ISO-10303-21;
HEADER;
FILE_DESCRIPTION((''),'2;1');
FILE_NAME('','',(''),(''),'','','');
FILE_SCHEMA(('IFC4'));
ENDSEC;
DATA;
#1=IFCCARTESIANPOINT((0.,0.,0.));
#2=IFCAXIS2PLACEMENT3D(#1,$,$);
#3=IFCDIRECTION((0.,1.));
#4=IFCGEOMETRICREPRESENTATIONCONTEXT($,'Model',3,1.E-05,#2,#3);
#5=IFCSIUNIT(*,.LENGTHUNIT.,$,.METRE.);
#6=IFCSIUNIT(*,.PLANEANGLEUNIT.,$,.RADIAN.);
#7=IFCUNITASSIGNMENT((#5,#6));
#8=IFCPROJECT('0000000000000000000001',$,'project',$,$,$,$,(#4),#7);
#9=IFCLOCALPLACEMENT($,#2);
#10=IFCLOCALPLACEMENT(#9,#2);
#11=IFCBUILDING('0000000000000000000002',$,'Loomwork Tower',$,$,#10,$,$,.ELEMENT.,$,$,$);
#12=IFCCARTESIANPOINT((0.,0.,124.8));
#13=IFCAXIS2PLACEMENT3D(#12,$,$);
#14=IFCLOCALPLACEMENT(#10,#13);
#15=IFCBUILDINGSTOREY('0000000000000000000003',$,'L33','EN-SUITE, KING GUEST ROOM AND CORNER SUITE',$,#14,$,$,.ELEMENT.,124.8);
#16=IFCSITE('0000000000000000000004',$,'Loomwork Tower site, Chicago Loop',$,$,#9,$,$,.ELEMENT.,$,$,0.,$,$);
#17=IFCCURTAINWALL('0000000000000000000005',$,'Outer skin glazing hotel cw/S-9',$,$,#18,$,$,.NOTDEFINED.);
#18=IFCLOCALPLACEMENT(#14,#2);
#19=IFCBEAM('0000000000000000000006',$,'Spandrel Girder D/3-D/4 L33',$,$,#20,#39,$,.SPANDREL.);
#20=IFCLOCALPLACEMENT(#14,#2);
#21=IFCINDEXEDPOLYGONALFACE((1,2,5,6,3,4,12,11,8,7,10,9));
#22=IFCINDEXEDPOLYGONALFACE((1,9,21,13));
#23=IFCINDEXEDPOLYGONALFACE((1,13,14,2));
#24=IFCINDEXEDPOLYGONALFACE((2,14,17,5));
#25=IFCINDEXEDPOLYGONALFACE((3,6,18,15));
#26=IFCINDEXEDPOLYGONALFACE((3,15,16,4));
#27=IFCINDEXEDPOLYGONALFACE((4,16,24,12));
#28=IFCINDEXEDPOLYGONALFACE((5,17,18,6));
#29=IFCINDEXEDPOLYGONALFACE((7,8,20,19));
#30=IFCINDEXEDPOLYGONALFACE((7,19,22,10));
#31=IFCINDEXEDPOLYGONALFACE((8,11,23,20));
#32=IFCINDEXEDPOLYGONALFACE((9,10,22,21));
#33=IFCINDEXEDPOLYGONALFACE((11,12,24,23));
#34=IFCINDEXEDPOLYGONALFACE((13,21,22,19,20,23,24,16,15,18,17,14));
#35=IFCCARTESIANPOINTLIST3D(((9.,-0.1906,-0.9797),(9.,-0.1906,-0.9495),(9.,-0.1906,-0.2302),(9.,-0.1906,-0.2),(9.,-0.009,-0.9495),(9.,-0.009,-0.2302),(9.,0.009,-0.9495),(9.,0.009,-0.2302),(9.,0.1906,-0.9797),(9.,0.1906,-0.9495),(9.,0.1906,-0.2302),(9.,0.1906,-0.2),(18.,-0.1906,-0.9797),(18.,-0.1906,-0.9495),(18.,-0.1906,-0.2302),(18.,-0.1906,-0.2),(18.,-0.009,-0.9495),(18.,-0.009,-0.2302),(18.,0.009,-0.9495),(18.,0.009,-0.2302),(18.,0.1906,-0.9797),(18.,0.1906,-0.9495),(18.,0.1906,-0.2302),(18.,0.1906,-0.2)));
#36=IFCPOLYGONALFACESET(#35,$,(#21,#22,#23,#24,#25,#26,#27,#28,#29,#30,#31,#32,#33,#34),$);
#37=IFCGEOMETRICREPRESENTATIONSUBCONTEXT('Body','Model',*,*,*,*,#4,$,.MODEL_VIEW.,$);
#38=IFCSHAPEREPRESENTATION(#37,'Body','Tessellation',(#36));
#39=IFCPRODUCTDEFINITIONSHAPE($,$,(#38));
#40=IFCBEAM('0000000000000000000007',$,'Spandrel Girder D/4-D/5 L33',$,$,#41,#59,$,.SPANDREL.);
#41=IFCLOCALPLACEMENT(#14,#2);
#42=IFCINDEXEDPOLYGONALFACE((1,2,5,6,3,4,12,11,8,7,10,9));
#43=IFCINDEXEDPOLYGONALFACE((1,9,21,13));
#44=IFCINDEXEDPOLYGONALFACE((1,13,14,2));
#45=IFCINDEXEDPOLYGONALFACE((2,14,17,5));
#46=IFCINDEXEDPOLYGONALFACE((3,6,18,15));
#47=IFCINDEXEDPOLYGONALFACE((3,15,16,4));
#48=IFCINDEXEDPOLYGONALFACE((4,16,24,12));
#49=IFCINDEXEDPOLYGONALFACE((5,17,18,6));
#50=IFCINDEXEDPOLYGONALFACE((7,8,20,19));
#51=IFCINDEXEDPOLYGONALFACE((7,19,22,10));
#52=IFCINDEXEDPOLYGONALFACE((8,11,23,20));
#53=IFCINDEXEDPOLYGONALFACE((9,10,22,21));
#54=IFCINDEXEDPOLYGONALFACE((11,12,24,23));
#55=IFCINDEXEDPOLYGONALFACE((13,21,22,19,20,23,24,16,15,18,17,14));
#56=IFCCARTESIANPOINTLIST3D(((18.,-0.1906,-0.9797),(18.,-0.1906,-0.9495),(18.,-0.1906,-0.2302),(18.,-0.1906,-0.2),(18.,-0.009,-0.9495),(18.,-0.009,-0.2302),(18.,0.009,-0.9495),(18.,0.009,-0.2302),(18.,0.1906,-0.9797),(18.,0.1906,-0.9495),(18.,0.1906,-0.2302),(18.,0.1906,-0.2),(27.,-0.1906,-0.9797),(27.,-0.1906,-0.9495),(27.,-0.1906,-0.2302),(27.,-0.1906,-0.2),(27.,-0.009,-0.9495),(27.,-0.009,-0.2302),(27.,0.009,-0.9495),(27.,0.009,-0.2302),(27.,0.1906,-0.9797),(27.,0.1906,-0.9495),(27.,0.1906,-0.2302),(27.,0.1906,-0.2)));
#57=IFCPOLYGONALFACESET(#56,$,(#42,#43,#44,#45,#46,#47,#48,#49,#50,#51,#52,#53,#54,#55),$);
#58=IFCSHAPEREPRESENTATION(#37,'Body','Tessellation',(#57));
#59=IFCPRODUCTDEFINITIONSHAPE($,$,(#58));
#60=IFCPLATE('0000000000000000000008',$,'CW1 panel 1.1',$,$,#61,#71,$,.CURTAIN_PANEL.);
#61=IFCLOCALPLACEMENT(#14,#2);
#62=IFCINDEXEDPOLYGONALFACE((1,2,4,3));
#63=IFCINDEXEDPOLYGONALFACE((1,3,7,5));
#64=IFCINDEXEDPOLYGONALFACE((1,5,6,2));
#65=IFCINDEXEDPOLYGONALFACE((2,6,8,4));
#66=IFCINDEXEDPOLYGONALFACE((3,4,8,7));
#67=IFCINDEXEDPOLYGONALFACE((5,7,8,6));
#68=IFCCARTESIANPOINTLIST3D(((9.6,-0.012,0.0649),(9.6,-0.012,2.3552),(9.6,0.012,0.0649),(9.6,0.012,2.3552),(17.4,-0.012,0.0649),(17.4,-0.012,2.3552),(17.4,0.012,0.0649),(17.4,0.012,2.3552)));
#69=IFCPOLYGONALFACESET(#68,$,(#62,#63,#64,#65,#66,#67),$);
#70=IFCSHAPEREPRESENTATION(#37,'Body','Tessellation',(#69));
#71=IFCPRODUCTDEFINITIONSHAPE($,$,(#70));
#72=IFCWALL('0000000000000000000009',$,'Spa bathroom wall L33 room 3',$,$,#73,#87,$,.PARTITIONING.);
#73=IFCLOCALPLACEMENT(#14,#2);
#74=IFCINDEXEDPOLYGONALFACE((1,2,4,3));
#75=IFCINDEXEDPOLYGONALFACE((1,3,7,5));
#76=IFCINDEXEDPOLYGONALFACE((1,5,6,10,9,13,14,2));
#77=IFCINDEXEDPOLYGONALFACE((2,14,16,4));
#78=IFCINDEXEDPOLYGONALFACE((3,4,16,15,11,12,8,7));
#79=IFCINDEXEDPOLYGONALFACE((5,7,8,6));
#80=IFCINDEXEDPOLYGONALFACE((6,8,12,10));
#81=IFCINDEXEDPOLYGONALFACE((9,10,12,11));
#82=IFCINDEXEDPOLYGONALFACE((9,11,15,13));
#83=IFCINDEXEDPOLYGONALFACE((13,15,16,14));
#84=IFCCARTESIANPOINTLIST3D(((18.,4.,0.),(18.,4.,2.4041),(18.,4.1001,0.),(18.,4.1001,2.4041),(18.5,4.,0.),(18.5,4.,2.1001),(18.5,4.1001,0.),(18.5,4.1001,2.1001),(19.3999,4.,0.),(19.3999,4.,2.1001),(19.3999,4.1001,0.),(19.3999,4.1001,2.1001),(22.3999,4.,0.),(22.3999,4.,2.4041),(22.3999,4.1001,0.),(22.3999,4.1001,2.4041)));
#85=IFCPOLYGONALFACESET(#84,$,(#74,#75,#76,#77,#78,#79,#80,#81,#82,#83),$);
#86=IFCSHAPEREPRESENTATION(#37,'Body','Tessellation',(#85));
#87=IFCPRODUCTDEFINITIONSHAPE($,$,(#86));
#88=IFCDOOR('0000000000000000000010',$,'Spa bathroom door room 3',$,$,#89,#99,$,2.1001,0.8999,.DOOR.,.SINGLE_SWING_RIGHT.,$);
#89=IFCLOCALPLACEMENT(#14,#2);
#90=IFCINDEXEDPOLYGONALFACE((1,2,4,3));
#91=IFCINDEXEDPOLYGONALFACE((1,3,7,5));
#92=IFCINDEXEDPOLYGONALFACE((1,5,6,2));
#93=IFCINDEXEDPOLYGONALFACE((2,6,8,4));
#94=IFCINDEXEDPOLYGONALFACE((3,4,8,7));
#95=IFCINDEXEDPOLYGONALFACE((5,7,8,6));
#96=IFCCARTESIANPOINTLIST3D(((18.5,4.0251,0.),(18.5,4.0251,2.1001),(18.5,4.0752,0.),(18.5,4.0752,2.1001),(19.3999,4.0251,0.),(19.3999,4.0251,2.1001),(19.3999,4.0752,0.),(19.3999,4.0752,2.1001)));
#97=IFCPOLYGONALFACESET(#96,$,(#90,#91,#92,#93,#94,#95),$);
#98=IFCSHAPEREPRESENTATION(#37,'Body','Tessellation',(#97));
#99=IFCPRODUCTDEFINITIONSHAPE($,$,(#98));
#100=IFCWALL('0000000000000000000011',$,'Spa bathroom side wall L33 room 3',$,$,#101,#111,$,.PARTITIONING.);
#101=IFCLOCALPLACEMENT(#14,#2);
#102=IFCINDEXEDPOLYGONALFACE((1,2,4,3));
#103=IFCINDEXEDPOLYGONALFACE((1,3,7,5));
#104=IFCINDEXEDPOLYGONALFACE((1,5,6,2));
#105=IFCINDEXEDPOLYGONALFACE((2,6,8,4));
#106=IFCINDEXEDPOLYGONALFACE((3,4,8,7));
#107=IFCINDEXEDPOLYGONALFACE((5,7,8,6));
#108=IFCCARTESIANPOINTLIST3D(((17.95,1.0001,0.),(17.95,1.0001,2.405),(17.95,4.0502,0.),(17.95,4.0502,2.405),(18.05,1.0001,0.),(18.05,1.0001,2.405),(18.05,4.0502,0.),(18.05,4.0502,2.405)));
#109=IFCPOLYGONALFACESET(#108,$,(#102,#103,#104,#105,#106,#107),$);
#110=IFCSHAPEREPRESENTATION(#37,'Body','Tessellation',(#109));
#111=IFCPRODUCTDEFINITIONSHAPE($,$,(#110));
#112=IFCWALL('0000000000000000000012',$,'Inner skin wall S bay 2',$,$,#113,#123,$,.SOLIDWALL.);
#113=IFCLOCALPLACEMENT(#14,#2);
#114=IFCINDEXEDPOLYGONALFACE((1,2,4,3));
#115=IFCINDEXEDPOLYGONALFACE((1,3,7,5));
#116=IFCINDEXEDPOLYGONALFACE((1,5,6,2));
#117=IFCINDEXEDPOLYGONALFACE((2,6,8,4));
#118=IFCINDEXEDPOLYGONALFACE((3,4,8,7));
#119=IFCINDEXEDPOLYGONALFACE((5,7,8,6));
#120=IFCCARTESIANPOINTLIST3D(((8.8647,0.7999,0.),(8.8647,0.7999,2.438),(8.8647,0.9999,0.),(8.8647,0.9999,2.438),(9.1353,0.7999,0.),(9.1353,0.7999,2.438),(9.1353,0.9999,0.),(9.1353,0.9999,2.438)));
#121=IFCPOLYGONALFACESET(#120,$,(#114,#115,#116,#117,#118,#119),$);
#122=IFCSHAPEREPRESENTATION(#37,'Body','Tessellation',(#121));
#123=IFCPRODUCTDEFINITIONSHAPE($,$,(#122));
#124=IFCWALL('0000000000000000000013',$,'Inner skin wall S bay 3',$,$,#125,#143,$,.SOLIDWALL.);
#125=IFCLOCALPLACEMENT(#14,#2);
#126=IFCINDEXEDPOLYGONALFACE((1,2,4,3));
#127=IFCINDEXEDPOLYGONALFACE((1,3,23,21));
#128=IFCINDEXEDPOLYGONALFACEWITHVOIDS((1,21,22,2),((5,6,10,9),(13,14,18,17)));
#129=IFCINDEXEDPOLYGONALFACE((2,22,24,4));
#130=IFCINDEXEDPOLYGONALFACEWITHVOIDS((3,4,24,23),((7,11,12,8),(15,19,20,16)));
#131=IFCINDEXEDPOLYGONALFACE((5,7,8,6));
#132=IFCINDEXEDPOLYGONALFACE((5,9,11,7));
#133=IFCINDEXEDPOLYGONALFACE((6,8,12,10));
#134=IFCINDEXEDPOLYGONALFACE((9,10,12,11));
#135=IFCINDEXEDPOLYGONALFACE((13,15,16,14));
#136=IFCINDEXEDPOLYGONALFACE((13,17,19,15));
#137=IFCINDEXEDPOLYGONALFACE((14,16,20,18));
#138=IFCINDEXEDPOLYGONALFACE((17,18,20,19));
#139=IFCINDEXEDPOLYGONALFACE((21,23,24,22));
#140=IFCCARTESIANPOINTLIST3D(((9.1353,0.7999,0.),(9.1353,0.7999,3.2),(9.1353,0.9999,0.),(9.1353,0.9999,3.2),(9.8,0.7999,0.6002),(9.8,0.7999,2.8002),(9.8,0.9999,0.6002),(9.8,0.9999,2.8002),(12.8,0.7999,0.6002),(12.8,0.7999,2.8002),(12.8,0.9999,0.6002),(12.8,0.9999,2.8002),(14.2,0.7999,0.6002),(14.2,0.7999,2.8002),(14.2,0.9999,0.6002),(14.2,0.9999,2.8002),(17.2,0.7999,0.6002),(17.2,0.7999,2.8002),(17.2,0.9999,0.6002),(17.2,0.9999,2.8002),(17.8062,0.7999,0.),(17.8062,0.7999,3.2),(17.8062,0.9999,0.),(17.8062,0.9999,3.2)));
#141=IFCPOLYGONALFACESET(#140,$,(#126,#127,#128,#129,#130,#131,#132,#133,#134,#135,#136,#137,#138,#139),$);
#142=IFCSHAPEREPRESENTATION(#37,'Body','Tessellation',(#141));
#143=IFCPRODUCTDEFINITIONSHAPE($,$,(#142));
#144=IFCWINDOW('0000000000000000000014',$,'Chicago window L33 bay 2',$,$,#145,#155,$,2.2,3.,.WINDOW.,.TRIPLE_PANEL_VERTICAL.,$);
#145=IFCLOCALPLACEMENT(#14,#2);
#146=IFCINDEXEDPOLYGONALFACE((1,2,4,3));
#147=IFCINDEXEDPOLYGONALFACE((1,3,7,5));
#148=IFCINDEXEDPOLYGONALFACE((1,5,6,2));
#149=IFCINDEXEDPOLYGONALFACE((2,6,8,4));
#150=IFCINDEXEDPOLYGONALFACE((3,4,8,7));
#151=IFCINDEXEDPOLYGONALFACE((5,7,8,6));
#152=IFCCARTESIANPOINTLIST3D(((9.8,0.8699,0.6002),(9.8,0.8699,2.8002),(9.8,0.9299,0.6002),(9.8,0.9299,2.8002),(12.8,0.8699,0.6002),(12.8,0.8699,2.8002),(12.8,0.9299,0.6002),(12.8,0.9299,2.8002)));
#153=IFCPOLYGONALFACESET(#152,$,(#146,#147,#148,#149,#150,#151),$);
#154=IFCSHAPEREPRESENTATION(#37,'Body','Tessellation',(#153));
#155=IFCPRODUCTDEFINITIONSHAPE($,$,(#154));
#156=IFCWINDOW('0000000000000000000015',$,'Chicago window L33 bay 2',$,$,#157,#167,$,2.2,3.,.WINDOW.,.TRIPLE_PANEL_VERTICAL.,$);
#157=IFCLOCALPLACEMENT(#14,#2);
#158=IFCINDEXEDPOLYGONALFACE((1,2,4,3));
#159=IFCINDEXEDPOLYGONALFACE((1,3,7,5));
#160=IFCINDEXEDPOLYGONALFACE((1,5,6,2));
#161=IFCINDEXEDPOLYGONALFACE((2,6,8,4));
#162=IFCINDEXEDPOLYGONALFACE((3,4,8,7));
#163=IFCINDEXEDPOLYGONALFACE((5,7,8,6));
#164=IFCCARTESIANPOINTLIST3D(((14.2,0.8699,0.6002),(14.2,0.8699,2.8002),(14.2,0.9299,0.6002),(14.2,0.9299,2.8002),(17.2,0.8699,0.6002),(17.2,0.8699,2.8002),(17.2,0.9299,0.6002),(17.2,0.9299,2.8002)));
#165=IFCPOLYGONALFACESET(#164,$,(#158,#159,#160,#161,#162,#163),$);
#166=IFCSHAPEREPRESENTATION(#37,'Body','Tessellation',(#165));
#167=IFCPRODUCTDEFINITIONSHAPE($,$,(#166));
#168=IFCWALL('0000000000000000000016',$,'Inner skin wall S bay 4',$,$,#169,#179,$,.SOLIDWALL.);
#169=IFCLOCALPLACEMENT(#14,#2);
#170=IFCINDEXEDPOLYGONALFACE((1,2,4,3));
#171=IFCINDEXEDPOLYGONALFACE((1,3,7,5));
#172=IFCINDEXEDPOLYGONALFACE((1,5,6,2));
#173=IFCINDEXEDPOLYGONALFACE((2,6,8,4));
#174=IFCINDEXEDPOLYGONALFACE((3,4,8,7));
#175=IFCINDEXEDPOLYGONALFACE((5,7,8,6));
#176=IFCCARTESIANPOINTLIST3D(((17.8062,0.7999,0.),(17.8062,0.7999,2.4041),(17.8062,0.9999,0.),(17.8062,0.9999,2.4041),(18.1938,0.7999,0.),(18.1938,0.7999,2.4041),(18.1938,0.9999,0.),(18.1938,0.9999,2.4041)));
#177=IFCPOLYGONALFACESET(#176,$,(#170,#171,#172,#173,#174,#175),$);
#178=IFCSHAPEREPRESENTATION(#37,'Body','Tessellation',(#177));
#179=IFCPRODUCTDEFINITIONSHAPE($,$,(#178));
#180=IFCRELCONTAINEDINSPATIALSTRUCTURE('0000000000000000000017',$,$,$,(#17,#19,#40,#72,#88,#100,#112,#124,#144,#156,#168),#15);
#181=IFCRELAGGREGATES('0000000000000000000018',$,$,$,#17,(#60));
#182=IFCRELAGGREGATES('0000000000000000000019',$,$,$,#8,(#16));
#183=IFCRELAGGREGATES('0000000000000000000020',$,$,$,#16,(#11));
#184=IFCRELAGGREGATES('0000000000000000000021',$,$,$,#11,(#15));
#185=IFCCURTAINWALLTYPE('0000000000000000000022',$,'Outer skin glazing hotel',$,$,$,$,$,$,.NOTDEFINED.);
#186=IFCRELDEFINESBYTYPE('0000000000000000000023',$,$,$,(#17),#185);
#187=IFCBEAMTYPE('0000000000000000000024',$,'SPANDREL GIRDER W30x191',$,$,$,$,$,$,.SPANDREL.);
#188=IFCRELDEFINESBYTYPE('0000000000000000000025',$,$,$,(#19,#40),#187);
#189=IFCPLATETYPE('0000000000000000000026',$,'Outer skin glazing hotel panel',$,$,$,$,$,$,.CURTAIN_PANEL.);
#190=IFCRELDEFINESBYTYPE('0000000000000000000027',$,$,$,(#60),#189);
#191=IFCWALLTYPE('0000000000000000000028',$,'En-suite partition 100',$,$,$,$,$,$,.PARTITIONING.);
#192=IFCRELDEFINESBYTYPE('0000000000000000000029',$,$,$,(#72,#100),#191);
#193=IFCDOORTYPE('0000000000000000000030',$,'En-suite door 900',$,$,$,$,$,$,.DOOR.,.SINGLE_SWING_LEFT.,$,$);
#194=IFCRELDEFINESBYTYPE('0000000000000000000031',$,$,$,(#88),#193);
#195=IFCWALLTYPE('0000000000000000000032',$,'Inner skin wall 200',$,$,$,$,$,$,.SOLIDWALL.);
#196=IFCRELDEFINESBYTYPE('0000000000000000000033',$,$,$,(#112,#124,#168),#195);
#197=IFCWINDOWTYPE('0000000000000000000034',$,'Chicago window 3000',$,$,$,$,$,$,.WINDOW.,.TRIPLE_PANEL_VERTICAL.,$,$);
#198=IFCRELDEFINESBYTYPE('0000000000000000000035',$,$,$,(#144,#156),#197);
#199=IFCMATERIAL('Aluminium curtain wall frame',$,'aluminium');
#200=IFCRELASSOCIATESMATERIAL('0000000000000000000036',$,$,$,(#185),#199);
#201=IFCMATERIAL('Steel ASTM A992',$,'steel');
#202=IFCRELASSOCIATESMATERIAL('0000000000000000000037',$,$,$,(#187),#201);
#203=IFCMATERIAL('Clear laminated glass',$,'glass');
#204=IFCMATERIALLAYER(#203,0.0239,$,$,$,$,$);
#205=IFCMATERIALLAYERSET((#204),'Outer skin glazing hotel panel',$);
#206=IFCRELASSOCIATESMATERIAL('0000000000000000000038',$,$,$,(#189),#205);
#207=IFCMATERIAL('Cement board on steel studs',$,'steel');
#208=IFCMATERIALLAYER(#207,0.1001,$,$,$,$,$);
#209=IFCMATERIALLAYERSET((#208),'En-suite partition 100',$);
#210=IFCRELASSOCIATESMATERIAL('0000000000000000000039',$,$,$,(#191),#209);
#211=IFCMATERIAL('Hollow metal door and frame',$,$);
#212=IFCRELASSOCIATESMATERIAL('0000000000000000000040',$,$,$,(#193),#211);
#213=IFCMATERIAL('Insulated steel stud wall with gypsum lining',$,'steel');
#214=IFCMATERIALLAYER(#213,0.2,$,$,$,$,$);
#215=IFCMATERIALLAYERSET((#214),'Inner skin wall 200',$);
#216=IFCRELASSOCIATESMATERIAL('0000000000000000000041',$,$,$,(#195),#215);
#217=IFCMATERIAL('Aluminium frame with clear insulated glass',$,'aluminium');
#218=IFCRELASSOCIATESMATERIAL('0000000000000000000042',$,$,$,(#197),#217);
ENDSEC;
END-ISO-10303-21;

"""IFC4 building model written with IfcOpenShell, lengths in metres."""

from ifc_helpers import new_model, si_unit, direction, frame, frame_2d, origin, origin_2d, place, context, subcontext, project, spatial, rectangle, i_section, extrude, material, layer, layer_set, material_profile, profile_set, type_object, element, fill, aggregate, save


model = new_model("IFC4")

# Units and contexts
model_context = context("Model", 3, precision=1e-05, world=origin(), true_north=direction((0.0, 1.0)))
body_context = subcontext(model_context, "Body", "Model", "MODEL_VIEW")
ifc_project = project(units=[si_unit("LENGTHUNIT", "METRE"), si_unit("PLANEANGLEUNIT", "RADIAN")], contexts=[model_context])

# Site, building, storey
site_placement = place(None, origin())
site = spatial("IfcSite", under=ifc_project, at=site_placement, Name="Loomwork Tower site, Chicago Loop", CompositionType="ELEMENT", RefElevation=0.0)
building_placement = place(site_placement, origin())
building = spatial("IfcBuilding", under=site, at=building_placement, Name="Loomwork Tower", CompositionType="ELEMENT")
storey_placement = place(building_placement, frame((0.0, 0.0, 124.8)))
storey = spatial("IfcBuildingStorey", under=building, at=storey_placement, Name="L33", Description="EN-SUITE, KING GUEST ROOM AND CORNER SUITE", CompositionType="ELEMENT", Elevation=124.8)

# Shared definitions
ifc_material_1 = material(Name="Aluminium curtain wall frame", Category="aluminium")
curtain_wall_type = type_object("IfcCurtainWallType", Name="Outer skin glazing hotel", PredefinedType="NOTDEFINED", material=ifc_material_1)

# Curtain wall
curtain_wall_1_placement = place(storey_placement, origin())
curtain_wall_1 = element("IfcCurtainWall", 1, at=curtain_wall_1_placement, inside=storey, type_object=curtain_wall_type, Name="Outer skin glazing hotel cw/S-9", PredefinedType="NOTDEFINED")

# Beams
ifc_material_2 = material(Name="Steel ASTM A992", Category="steel")
ifc_material_profile_1 = material_profile(ifc_material_2, i_section(OverallWidth=0.3811, OverallDepth=0.7798, WebThickness=0.0181, FlangeThickness=0.0303, at=origin_2d()), Name="W30x191")
ifc_profile_set_1 = profile_set([ifc_material_profile_1], Name="Steel ASTM A992")
beam_type_1 = type_object("IfcBeamType", Name="SPANDREL GIRDER W30x191", PredefinedType="SPANDREL", material=ifc_profile_set_1)
for number, where, z_axis, x_axis, name in (
    (2, (9.0, 0.0, -0.5898), (1.0, 0.0, 0.0), (0.0, 1.0, 0.0), "Spandrel Girder D/3-D/4 L33"),
    (3, (18.0, 0.0, -0.5898), (1.0, 0.0, 0.0), (0.0, 1.0, 0.0), "Spandrel Girder D/4-D/5 L33"),
):
    element("IfcBeam", number, at=place(storey_placement, frame(where, z_axis=z_axis, x_axis=x_axis)), inside=storey, type_object=beam_type_1, Name=name, PredefinedType="SPANDREL", context=body_context, shape_type="SweptSolid", body=[
        extrude(i_section(OverallWidth=0.3811, OverallDepth=0.7798, WebThickness=0.0181, FlangeThickness=0.0303, at=origin_2d()), origin(), (0.0, 0.0, 1.0), 9.0),
    ])

# Plate
ifc_material_3 = material(Name="Clear laminated glass", Category="glass")
ifc_layer_1 = layer(ifc_material_3, 0.0239)
ifc_layer_set_1 = layer_set([ifc_layer_1], Name="Outer skin glazing hotel panel")
plate_type = type_object("IfcPlateType", Name="Outer skin glazing hotel panel", PredefinedType="CURTAIN_PANEL", material=ifc_layer_set_1)
plate_placement = place(storey_placement, frame((13.5, 0.0, 0.0649), z_axis=(0.0, 0.0, 1.0), x_axis=(1.0, 0.0, 0.0)))
plate = element("IfcPlate", 4, at=plate_placement, type_object=plate_type, Name="CW1 panel 1.1", PredefinedType="CURTAIN_PANEL", context=body_context, shape_type="SweptSolid", body=[
    extrude(rectangle(XDim=7.8, YDim=0.0239, at=origin_2d()), origin(), (0.0, 0.0, 1.0), 2.2903),
])
aggregate(curtain_wall_1, [plate])

# Wall, opening, door
ifc_material_4 = material(Name="Cement board on steel studs", Category="steel")
ifc_layer_2 = layer(ifc_material_4, 0.1001)
ifc_layer_set_2 = layer_set([ifc_layer_2], Name="En-suite partition 100")
wall_type_1 = type_object("IfcWallType", Name="En-suite partition 100", PredefinedType="PARTITIONING", material=ifc_layer_set_2)
wall_1_placement = place(storey_placement, frame((18.0, 4.05, 0.0), z_axis=(0.0, 0.0, 1.0), x_axis=(1.0, 0.0, 0.0)))
wall_1 = element("IfcWall", 5, at=wall_1_placement, inside=storey, type_object=wall_type_1, Name="Spa bathroom wall L33 room 3", PredefinedType="PARTITIONING", context=body_context, shape_type="SweptSolid", body=[
    extrude(rectangle(XDim=4.3999, YDim=0.1001, at=frame_2d((2.2, 0.0))), origin(), (0.0, 0.0, 1.0), 2.4041),
])
opening_1_placement = place(wall_1_placement, frame((0.5, 0.0, 0.0)))
opening_1 = element("IfcOpeningElement", 6, at=opening_1_placement, cuts=wall_1, PredefinedType="OPENING", context=body_context, shape_type="SweptSolid", body=[
    extrude(rectangle(XDim=0.8999, YDim=2.1001, at=frame_2d((0.45, 1.05))), frame((0.0, 0.0601, 0.0), z_axis=(0.0, -1.0, 0.0), x_axis=(1.0, 0.0, 0.0)), (0.0, 0.0, 1.0), 0.1201),
])
ifc_material_5 = material(Name="Hollow metal door and frame")
door_type = type_object("IfcDoorType", Name="En-suite door 900", OperationType="SINGLE_SWING_LEFT", PredefinedType="DOOR", material=ifc_material_5)
door_placement = place(opening_1_placement, frame((0.8999, 0.0, 0.0), z_axis=(0.0, 0.0, 1.0), x_axis=(-1.0, 0.0, 0.0)))
door = element("IfcDoor", 7, at=door_placement, inside=storey, type_object=door_type, Name="Spa bathroom door room 3", OperationType="SINGLE_SWING_RIGHT", OverallHeight=2.1001, OverallWidth=0.8999, PredefinedType="DOOR", context=body_context, shape_type="SweptSolid", body=[
    extrude(rectangle(XDim=0.8999, YDim=2.1001, at=frame_2d((0.45, 1.05))), frame((0.0, 0.0249, 0.0), z_axis=(0.0, -1.0, 0.0), x_axis=(1.0, 0.0, 0.0)), (0.0, 0.0, 1.0), 0.05),
])
fill(opening_1, door)

# Walls
wall_2_placement = place(storey_placement, frame((18.0, 4.05, 0.0), z_axis=(0.0, 0.0, 1.0), x_axis=(0.0, -1.0, 0.0)))
element("IfcWall", 8, at=wall_2_placement, inside=storey, type_object=wall_type_1, Name="Spa bathroom side wall L33 room 3", PredefinedType="PARTITIONING", context=body_context, shape_type="SweptSolid", body=[
    extrude(rectangle(XDim=3.05, YDim=0.1001, at=frame_2d((1.5249, 0.0))), origin(), (0.0, 0.0, 1.0), 2.405),
])
ifc_material_6 = material(Name="Insulated steel stud wall with gypsum lining", Category="steel")
ifc_layer_3 = layer(ifc_material_6, 0.2)
ifc_layer_set_3 = layer_set([ifc_layer_3], Name="Inner skin wall 200")
wall_type_2 = type_object("IfcWallType", Name="Inner skin wall 200", PredefinedType="SOLIDWALL", material=ifc_layer_set_3)
wall_3_placement = place(storey_placement, frame((8.8647, 0.8999, 0.0), z_axis=(0.0, 0.0, 1.0), x_axis=(1.0, 0.0, 0.0)))
element("IfcWall", 9, at=wall_3_placement, inside=storey, type_object=wall_type_2, Name="Inner skin wall S bay 2", PredefinedType="SOLIDWALL", context=body_context, shape_type="SweptSolid", body=[
    extrude(rectangle(XDim=0.2705, YDim=0.2, at=frame_2d((0.1353, 0.0))), origin(), (0.0, 0.0, 1.0), 2.438),
])

# Wall, openings, windows
wall_4_placement = place(storey_placement, frame((9.1353, 0.8999, 0.0), z_axis=(0.0, 0.0, 1.0), x_axis=(1.0, 0.0, 0.0)))
wall_4 = element("IfcWall", 10, at=wall_4_placement, inside=storey, type_object=wall_type_2, Name="Inner skin wall S bay 3", PredefinedType="SOLIDWALL", context=body_context, shape_type="SweptSolid", body=[
    extrude(rectangle(XDim=8.6709, YDim=0.2, at=frame_2d((4.3354, 0.0))), origin(), (0.0, 0.0, 1.0), 3.2),
])
opening_2_placement = place(wall_4_placement, frame((0.6648, 0.0, 0.6001)))
opening_2 = element("IfcOpeningElement", 11, at=opening_2_placement, cuts=wall_4, PredefinedType="OPENING", context=body_context, shape_type="SweptSolid", body=[
    extrude(rectangle(XDim=3.0, YDim=2.2, at=frame_2d((1.5, 1.1001))), frame((0.0, 0.1099, 0.0), z_axis=(0.0, -1.0, 0.0), x_axis=(1.0, 0.0, 0.0)), (0.0, 0.0, 1.0), 0.22),
])
opening_3_placement = place(wall_4_placement, frame((5.0647, 0.0, 0.6001)))
opening_3 = element("IfcOpeningElement", 12, at=opening_3_placement, cuts=wall_4, PredefinedType="OPENING", context=body_context, shape_type="SweptSolid", body=[
    extrude(rectangle(XDim=3.0, YDim=2.2, at=frame_2d((1.5, 1.1001))), frame((0.0, 0.1099, 0.0), z_axis=(0.0, -1.0, 0.0), x_axis=(1.0, 0.0, 0.0)), (0.0, 0.0, 1.0), 0.22),
])
ifc_material_7 = material(Name="Aluminium frame with clear insulated glass", Category="aluminium")
window_type = type_object("IfcWindowType", Name="Chicago window 3000", PartitioningType="TRIPLE_PANEL_VERTICAL", PredefinedType="WINDOW", material=ifc_material_7)
window_1_placement = place(opening_2_placement, origin())
window_1 = element("IfcWindow", 13, at=window_1_placement, inside=storey, type_object=window_type, Name="Chicago window L33 bay 2", OverallHeight=2.2, OverallWidth=3.0, PartitioningType="TRIPLE_PANEL_VERTICAL", PredefinedType="WINDOW", context=body_context, shape_type="SweptSolid", body=[
    extrude(rectangle(XDim=3.0, YDim=2.2, at=frame_2d((1.5, 1.1001))), frame((0.0, 0.03, 0.0), z_axis=(0.0, -1.0, 0.0), x_axis=(1.0, 0.0, 0.0)), (0.0, 0.0, 1.0), 0.0601),
])
fill(opening_2, window_1)
window_2_placement = place(opening_3_placement, origin())
window_2 = element("IfcWindow", 14, at=window_2_placement, inside=storey, type_object=window_type, Name="Chicago window L33 bay 2", OverallHeight=2.2, OverallWidth=3.0, PartitioningType="TRIPLE_PANEL_VERTICAL", PredefinedType="WINDOW", context=body_context, shape_type="SweptSolid", body=[
    extrude(rectangle(XDim=3.0, YDim=2.2, at=frame_2d((1.5, 1.1001))), frame((0.0, 0.03, 0.0), z_axis=(0.0, -1.0, 0.0), x_axis=(1.0, 0.0, 0.0)), (0.0, 0.0, 1.0), 0.0601),
])
fill(opening_3, window_2)

# Wall
wall_5_placement = place(storey_placement, frame((17.8062, 0.8999, 0.0), z_axis=(0.0, 0.0, 1.0), x_axis=(1.0, 0.0, 0.0)))
element("IfcWall", 15, at=wall_5_placement, inside=storey, type_object=wall_type_2, Name="Inner skin wall S bay 4", PredefinedType="SOLIDWALL", context=body_context, shape_type="SweptSolid", body=[
    extrude(rectangle(XDim=0.3877, YDim=0.2, at=frame_2d((0.1938, 0.0))), origin(), (0.0, 0.0, 1.0), 2.4041),
])

save(model, "model.ifc")
